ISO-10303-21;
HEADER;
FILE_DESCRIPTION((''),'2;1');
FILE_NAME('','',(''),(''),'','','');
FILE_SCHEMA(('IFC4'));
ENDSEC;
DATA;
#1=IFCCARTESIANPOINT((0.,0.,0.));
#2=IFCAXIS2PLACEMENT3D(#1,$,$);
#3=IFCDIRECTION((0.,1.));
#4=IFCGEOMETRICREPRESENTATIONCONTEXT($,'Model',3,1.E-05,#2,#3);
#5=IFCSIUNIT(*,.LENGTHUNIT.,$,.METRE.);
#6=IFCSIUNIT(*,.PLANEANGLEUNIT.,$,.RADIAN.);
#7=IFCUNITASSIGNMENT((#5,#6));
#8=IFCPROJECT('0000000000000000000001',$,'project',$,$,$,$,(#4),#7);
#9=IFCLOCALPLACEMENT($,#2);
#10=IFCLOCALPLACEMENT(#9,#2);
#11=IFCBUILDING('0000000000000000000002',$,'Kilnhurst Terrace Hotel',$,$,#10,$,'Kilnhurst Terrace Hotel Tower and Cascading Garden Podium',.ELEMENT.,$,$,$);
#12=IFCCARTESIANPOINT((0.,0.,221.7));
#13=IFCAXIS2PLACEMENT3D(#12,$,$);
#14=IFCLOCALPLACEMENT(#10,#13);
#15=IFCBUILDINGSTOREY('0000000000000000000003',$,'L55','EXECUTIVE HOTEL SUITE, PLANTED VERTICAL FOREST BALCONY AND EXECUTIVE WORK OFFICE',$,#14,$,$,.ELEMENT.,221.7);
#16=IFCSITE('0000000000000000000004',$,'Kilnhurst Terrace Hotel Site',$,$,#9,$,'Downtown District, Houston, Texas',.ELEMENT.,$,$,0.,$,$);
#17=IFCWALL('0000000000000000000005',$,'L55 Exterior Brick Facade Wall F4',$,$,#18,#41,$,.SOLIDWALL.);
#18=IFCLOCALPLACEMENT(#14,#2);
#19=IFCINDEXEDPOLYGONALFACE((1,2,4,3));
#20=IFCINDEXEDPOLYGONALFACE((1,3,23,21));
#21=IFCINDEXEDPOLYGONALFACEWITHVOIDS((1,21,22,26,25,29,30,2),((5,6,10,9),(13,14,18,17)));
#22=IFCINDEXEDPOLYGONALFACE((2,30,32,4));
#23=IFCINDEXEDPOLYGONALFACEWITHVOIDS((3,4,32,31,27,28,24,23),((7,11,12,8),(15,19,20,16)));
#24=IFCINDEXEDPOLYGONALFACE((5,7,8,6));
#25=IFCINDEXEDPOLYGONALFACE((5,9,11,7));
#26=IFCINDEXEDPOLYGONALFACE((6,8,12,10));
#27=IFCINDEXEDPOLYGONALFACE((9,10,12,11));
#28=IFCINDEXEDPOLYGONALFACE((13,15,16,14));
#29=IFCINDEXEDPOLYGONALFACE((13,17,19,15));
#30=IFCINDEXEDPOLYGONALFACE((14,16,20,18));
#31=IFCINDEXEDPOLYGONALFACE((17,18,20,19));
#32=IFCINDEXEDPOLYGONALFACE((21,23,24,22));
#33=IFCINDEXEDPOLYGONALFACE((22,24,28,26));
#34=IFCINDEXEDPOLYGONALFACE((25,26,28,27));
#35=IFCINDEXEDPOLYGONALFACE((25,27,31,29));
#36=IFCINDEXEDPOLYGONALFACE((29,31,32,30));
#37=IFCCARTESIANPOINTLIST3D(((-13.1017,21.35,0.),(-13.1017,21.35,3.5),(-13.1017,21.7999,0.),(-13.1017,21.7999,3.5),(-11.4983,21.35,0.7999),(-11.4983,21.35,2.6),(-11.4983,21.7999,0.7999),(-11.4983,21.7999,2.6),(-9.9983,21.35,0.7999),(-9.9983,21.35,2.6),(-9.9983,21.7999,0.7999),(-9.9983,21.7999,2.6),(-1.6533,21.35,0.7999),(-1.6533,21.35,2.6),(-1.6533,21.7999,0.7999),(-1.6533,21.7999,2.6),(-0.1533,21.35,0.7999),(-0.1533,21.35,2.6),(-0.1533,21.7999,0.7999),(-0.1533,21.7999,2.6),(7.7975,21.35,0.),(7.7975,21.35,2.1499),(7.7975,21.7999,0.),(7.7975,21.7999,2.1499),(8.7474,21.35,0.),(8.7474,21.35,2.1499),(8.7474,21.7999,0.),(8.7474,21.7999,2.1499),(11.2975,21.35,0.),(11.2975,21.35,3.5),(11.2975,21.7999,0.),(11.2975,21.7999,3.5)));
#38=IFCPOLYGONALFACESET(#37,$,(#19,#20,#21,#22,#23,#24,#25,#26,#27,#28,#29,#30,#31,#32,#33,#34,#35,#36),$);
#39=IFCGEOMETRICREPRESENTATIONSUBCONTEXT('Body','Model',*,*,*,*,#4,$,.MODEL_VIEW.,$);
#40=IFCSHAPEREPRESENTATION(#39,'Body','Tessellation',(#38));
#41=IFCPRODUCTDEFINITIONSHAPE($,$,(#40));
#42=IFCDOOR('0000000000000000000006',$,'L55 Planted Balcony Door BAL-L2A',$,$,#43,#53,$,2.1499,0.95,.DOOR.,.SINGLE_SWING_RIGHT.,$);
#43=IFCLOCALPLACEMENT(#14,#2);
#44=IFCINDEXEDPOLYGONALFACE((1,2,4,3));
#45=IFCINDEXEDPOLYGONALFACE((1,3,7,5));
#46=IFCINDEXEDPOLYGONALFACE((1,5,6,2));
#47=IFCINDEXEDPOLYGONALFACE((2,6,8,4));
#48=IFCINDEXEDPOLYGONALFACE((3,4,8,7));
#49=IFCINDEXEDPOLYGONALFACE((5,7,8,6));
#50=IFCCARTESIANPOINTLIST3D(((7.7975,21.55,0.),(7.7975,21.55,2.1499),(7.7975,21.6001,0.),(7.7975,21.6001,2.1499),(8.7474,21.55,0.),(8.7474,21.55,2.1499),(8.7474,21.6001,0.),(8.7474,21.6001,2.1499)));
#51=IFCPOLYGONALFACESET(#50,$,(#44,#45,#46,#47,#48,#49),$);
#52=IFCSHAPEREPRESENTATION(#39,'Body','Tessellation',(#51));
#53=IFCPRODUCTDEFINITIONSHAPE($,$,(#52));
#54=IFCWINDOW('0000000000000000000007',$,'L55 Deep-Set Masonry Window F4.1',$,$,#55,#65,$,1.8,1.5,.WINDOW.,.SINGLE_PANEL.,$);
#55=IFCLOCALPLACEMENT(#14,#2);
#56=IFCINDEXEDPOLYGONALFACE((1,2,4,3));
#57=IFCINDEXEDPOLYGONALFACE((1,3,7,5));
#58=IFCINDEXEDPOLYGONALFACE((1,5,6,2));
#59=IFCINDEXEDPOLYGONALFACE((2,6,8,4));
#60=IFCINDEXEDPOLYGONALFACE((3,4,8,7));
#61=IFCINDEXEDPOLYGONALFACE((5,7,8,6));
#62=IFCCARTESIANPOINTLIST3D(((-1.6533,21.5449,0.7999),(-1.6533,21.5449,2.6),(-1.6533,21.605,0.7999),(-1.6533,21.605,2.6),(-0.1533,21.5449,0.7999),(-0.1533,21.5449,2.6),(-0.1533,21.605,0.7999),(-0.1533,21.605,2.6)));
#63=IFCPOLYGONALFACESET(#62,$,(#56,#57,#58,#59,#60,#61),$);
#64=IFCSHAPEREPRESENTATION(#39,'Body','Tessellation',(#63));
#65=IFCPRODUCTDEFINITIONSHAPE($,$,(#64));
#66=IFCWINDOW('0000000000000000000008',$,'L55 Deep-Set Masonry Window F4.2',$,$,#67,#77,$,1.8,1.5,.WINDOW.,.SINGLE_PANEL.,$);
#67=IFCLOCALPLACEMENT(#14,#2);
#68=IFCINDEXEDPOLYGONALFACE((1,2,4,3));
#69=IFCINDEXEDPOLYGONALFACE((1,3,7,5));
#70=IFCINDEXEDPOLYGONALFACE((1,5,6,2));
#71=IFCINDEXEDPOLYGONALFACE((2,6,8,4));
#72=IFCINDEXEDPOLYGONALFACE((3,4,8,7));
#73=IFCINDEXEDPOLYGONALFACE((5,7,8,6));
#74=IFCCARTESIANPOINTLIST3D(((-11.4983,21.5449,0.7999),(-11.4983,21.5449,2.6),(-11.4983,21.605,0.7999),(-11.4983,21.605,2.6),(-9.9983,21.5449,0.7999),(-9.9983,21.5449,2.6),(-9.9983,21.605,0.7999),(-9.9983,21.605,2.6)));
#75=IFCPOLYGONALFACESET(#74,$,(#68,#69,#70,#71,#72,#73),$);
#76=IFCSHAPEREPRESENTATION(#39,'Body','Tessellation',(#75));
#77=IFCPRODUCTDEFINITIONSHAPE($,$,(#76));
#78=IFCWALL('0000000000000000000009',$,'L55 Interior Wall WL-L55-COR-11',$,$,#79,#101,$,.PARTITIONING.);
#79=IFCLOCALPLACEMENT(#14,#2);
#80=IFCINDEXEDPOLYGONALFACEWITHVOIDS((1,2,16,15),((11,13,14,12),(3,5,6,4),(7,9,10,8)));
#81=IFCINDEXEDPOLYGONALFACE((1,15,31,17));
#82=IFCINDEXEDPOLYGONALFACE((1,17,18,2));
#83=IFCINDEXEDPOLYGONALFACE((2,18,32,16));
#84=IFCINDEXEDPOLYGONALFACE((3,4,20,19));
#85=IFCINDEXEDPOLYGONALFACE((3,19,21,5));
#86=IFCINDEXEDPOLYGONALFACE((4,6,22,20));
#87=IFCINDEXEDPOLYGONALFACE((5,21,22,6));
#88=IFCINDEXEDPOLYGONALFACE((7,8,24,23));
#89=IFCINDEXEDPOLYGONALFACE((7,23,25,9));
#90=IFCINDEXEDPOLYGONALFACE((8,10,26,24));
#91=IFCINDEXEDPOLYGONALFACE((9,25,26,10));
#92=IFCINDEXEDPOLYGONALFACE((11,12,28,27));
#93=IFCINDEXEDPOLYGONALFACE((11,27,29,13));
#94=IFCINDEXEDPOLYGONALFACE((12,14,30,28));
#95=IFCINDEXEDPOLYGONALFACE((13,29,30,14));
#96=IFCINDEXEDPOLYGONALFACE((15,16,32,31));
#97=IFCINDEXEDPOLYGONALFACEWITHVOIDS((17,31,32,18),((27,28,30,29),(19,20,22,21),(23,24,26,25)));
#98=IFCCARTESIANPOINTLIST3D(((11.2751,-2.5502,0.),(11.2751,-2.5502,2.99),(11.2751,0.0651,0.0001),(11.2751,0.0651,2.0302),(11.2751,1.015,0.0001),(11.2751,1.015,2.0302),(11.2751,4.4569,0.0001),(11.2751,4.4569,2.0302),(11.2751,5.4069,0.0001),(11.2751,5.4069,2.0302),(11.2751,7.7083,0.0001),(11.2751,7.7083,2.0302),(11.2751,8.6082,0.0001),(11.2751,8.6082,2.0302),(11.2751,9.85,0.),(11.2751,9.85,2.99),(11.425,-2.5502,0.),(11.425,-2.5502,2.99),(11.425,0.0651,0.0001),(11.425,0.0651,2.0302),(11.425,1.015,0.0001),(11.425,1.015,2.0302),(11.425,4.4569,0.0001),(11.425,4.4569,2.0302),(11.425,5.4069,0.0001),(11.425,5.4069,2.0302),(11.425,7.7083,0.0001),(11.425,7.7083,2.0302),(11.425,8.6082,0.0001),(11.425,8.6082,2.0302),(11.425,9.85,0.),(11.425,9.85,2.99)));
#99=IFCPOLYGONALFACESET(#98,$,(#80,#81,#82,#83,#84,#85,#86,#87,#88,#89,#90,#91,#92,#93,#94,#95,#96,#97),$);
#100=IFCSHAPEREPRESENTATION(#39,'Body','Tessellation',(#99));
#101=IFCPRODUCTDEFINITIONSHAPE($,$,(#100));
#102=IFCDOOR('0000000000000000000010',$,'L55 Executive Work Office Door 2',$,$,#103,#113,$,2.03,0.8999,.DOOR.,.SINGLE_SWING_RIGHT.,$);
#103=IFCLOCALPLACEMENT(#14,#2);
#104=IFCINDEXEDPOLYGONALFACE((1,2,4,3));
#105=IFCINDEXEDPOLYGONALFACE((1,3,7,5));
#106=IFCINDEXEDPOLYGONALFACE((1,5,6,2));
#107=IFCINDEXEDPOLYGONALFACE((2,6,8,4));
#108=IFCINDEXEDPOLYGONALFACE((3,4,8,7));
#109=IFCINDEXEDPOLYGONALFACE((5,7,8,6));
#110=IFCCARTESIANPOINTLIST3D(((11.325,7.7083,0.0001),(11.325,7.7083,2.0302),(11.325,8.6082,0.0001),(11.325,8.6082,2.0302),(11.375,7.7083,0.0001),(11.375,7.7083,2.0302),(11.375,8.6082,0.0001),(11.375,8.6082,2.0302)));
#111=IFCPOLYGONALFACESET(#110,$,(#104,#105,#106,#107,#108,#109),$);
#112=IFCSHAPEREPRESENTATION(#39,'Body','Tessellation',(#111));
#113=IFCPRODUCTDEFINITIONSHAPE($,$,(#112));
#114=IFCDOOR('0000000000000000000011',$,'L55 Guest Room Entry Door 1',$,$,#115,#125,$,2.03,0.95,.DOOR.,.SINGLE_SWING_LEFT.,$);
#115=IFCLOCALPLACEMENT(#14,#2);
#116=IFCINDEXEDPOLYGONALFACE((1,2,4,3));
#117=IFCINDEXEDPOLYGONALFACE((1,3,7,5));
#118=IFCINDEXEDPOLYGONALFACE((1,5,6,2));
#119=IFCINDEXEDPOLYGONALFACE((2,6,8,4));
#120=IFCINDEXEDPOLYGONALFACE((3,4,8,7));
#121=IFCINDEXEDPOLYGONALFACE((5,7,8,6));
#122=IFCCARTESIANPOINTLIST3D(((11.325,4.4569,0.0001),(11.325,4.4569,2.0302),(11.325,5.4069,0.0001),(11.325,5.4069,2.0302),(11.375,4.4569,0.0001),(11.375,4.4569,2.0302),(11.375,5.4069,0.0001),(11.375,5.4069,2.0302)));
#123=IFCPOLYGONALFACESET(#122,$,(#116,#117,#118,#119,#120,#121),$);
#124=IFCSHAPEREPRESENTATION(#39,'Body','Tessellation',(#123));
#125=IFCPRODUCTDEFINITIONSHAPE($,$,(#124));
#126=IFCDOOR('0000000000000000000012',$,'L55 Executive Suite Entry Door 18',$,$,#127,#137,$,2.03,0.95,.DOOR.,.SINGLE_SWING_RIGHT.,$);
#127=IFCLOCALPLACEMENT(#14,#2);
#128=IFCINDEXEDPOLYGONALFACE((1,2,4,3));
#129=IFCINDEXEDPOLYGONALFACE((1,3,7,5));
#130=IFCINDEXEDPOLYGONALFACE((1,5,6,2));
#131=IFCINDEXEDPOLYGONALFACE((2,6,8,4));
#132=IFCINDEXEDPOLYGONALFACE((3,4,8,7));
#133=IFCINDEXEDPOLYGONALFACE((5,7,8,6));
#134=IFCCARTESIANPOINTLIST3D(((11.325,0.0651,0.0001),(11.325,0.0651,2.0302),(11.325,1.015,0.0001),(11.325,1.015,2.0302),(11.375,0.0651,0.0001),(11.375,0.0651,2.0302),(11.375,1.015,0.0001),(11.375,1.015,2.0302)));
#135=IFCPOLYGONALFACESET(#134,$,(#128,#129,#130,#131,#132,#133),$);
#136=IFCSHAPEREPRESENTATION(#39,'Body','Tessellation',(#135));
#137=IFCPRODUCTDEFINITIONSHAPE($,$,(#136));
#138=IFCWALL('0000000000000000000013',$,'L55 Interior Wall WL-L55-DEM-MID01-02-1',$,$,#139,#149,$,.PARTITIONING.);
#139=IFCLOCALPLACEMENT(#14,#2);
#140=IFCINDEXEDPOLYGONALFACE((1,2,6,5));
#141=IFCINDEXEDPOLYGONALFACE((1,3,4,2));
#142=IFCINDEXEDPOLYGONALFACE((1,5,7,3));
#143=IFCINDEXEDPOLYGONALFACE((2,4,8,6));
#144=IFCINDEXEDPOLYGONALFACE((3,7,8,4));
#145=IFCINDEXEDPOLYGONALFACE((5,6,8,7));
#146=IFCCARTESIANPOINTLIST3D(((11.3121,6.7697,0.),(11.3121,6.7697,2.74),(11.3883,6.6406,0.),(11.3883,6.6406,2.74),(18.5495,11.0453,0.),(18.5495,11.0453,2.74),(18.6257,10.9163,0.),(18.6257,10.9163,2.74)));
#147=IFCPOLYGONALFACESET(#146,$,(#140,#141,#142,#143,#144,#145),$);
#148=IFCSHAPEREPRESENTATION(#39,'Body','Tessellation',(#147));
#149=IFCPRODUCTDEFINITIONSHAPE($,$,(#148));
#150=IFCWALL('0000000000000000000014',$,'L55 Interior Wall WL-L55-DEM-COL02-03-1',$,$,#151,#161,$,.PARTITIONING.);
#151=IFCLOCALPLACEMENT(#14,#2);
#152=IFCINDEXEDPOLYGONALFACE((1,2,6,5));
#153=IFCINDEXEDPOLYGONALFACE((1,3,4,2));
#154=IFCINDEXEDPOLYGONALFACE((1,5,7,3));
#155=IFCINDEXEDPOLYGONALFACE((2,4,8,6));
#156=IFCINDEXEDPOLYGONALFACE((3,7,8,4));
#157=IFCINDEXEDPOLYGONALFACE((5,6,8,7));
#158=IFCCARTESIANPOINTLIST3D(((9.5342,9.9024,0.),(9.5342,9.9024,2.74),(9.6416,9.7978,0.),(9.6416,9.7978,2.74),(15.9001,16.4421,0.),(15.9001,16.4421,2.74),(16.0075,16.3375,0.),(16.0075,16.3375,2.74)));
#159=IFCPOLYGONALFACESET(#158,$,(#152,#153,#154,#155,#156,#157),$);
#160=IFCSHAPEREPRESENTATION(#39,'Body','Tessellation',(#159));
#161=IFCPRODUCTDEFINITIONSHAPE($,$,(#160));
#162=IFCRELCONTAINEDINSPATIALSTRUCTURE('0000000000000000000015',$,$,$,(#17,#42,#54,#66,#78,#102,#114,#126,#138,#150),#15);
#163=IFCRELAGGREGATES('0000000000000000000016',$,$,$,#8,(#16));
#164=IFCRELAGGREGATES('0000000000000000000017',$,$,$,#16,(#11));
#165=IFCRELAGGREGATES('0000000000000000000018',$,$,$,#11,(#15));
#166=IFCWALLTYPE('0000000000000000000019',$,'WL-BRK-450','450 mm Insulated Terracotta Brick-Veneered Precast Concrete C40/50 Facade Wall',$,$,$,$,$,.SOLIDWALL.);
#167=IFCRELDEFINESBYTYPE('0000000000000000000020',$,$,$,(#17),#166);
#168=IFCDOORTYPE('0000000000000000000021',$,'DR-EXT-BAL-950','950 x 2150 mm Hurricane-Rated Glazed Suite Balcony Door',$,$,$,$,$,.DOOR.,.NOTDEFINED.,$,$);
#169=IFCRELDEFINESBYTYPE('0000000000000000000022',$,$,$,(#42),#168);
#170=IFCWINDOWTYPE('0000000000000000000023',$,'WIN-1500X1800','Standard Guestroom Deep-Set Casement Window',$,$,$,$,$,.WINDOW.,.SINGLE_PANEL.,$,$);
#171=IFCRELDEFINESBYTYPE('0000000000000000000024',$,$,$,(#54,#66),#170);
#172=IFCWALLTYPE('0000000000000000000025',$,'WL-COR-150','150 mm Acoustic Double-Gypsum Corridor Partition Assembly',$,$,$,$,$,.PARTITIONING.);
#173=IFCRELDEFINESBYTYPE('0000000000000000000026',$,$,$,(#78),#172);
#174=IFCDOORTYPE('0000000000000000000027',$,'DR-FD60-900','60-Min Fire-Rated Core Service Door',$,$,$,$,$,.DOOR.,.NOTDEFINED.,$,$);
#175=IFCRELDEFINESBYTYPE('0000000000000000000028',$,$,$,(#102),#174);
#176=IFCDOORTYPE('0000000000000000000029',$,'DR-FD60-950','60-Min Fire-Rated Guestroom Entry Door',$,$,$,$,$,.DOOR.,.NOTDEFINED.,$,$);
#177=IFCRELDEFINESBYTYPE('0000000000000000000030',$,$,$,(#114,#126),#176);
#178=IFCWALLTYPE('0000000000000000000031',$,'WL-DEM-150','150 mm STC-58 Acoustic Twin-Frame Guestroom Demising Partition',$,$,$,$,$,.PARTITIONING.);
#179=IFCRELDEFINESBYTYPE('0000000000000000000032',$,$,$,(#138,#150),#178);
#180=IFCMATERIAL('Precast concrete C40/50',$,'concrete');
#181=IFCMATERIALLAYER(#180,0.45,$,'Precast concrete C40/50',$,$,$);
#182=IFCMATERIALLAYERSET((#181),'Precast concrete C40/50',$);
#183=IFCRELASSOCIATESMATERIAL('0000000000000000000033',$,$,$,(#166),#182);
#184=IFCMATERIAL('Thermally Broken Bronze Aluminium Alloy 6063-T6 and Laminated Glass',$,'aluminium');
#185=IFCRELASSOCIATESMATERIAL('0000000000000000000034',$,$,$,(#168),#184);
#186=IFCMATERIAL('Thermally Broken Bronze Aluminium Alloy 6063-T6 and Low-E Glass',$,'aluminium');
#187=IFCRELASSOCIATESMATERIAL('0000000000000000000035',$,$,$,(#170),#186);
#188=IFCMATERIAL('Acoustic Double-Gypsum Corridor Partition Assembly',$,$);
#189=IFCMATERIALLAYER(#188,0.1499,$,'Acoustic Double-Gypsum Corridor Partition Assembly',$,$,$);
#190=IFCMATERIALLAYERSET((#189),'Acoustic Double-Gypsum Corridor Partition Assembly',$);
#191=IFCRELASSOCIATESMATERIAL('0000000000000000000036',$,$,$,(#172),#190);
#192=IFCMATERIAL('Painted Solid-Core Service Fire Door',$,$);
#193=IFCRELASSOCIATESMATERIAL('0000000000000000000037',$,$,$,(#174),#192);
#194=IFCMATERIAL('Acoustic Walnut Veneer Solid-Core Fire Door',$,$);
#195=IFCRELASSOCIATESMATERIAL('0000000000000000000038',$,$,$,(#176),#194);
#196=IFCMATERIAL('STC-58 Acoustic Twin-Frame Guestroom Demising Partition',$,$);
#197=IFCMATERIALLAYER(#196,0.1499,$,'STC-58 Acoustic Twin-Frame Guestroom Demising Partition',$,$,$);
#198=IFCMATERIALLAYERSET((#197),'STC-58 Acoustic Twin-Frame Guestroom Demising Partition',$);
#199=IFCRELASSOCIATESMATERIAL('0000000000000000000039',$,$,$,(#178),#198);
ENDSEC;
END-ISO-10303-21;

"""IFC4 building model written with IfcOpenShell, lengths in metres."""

from ifc_helpers import new_model, si_unit, direction, frame, frame_2d, origin, place, context, subcontext, project, spatial, rectangle, extrude, material, layer, layer_set, type_object, element, fill, save


model = new_model("IFC4")

# Units and contexts
model_context = context("Model", 3, precision=1e-05, world=origin(), true_north=direction((0.0, 1.0)))
body_context = subcontext(model_context, "Body", "Model", "MODEL_VIEW")
ifc_project = project(units=[si_unit("LENGTHUNIT", "METRE"), si_unit("PLANEANGLEUNIT", "RADIAN")], contexts=[model_context])

# Site, building, storey
site_placement = place(None, origin())
site = spatial("IfcSite", under=ifc_project, at=site_placement, Name="Kilnhurst Terrace Hotel Site", LongName="Downtown District, Houston, Texas", CompositionType="ELEMENT", RefElevation=0.0)
building_placement = place(site_placement, origin())
building = spatial("IfcBuilding", under=site, at=building_placement, Name="Kilnhurst Terrace Hotel", LongName="Kilnhurst Terrace Hotel Tower and Cascading Garden Podium", CompositionType="ELEMENT")
storey_placement = place(building_placement, frame((0.0, 0.0, 221.7)))
storey = spatial("IfcBuildingStorey", under=building, at=storey_placement, Name="L55", Description="EXECUTIVE HOTEL SUITE, PLANTED VERTICAL FOREST BALCONY AND EXECUTIVE WORK OFFICE", CompositionType="ELEMENT", Elevation=221.7)

# Shared definitions
ifc_material_1 = material(Name="Precast concrete C40/50", Category="concrete")
ifc_layer_1 = layer(ifc_material_1, 0.45, Name="Precast concrete C40/50")
ifc_layer_set_1 = layer_set([ifc_layer_1], Name="Precast concrete C40/50")
wall_type_1 = type_object("IfcWallType", Name="WL-BRK-450", Description="450 mm Insulated Terracotta Brick-Veneered Precast Concrete C40/50 Facade Wall", PredefinedType="SOLIDWALL", material=ifc_layer_set_1)

# Wall, openings, door, windows
wall_1_placement = place(storey_placement, frame((11.2976, 21.575, 0.0), z_axis=(0.0, 0.0, 1.0), x_axis=(-1.0, 0.0, 0.0)))
wall_1 = element("IfcWall", 1, at=wall_1_placement, inside=storey, type_object=wall_type_1, Name="L55 Exterior Brick Facade Wall F4", PredefinedType="SOLIDWALL", context=body_context, shape_type="SweptSolid", body=[
    extrude(rectangle(XDim=24.3992, YDim=0.45, at=frame_2d((12.1997, 0.0))), origin(), (0.0, 0.0, 1.0), 3.5),
])
opening_1_placement = place(wall_1_placement, frame((2.55, 0.0, 0.0)))
opening_1 = element("IfcOpeningElement", 2, at=opening_1_placement, cuts=wall_1, PredefinedType="OPENING", context=body_context, shape_type="SweptSolid", body=[
    extrude(rectangle(XDim=0.95, YDim=2.1499, at=frame_2d((0.4751, 1.075))), frame((0.0, 0.2349, 0.0), z_axis=(0.0, -1.0, 0.0), x_axis=(1.0, 0.0, 0.0)), (0.0, 0.0, 1.0), 0.47),
])
opening_2_placement = place(wall_1_placement, frame((11.4509, 0.0, 0.8)))
opening_2 = element("IfcOpeningElement", 3, at=opening_2_placement, cuts=wall_1, PredefinedType="OPENING", context=body_context, shape_type="SweptSolid", body=[
    extrude(rectangle(XDim=1.5, YDim=1.8, at=frame_2d((0.75, 0.8999))), frame((0.0, 0.2349, 0.0), z_axis=(0.0, -1.0, 0.0), x_axis=(1.0, 0.0, 0.0)), (0.0, 0.0, 1.0), 0.47),
])
opening_3_placement = place(wall_1_placement, frame((21.2959, 0.0, 0.8)))
opening_3 = element("IfcOpeningElement", 4, at=opening_3_placement, cuts=wall_1, PredefinedType="OPENING", context=body_context, shape_type="SweptSolid", body=[
    extrude(rectangle(XDim=1.5, YDim=1.8, at=frame_2d((0.75, 0.8999))), frame((0.0, 0.2349, 0.0), z_axis=(0.0, -1.0, 0.0), x_axis=(1.0, 0.0, 0.0)), (0.0, 0.0, 1.0), 0.47),
])
ifc_material_2 = material(Name="Thermally Broken Bronze Aluminium Alloy 6063-T6 and Laminated Glass", Category="aluminium")
door_type_1 = type_object("IfcDoorType", Name="DR-EXT-BAL-950", Description="950 x 2150 mm Hurricane-Rated Glazed Suite Balcony Door", OperationType="NOTDEFINED", PredefinedType="DOOR", material=ifc_material_2)
door_1_placement = place(opening_1_placement, origin())
door_1 = element("IfcDoor", 5, at=door_1_placement, inside=storey, type_object=door_type_1, Name="L55 Planted Balcony Door BAL-L2A", OperationType="SINGLE_SWING_RIGHT", OverallHeight=2.1499, OverallWidth=0.95, PredefinedType="DOOR", context=body_context, shape_type="SweptSolid", body=[
    extrude(rectangle(XDim=0.95, YDim=2.1499, at=frame_2d((0.4751, 1.075))), frame((0.0, 0.0249, 0.0), z_axis=(0.0, -1.0, 0.0), x_axis=(1.0, 0.0, 0.0)), (0.0, 0.0, 1.0), 0.05),
])
fill(opening_1, door_1)
ifc_material_3 = material(Name="Thermally Broken Bronze Aluminium Alloy 6063-T6 and Low-E Glass", Category="aluminium")
window_type = type_object("IfcWindowType", Name="WIN-1500X1800", Description="Standard Guestroom Deep-Set Casement Window", PartitioningType="SINGLE_PANEL", PredefinedType="WINDOW", material=ifc_material_3)
window_1_placement = place(opening_2_placement, origin())
window_1 = element("IfcWindow", 6, at=window_1_placement, inside=storey, type_object=window_type, Name="L55 Deep-Set Masonry Window F4.1", OverallHeight=1.8, OverallWidth=1.5, PartitioningType="SINGLE_PANEL", PredefinedType="WINDOW", context=body_context, shape_type="SweptSolid", body=[
    extrude(rectangle(XDim=1.5, YDim=1.8, at=frame_2d((0.75, 0.8999))), frame((0.0, 0.03, 0.0), z_axis=(0.0, -1.0, 0.0), x_axis=(1.0, 0.0, 0.0)), (0.0, 0.0, 1.0), 0.0601),
])
fill(opening_2, window_1)
window_2_placement = place(opening_3_placement, origin())
window_2 = element("IfcWindow", 7, at=window_2_placement, inside=storey, type_object=window_type, Name="L55 Deep-Set Masonry Window F4.2", OverallHeight=1.8, OverallWidth=1.5, PartitioningType="SINGLE_PANEL", PredefinedType="WINDOW", context=body_context, shape_type="SweptSolid", body=[
    extrude(rectangle(XDim=1.5, YDim=1.8, at=frame_2d((0.75, 0.8999))), frame((0.0, 0.03, 0.0), z_axis=(0.0, -1.0, 0.0), x_axis=(1.0, 0.0, 0.0)), (0.0, 0.0, 1.0), 0.0601),
])
fill(opening_3, window_2)

# Wall, openings, doors
ifc_material_4 = material(Name="Acoustic Double-Gypsum Corridor Partition Assembly")
ifc_layer_2 = layer(ifc_material_4, 0.1499, Name="Acoustic Double-Gypsum Corridor Partition Assembly")
ifc_layer_set_2 = layer_set([ifc_layer_2], Name="Acoustic Double-Gypsum Corridor Partition Assembly")
wall_type_2 = type_object("IfcWallType", Name="WL-COR-150", Description="150 mm Acoustic Double-Gypsum Corridor Partition Assembly", PredefinedType="PARTITIONING", material=ifc_layer_set_2)
wall_2_placement = place(storey_placement, frame((11.3501, 9.8501, 0.0), z_axis=(0.0, 0.0, 1.0), x_axis=(0.0, -1.0, 0.0)))
wall_2 = element("IfcWall", 8, at=wall_2_placement, inside=storey, type_object=wall_type_2, Name="L55 Interior Wall WL-L55-COR-11", PredefinedType="PARTITIONING", context=body_context, shape_type="SweptSolid", body=[
    extrude(rectangle(XDim=12.4001, YDim=0.1499, at=frame_2d((6.2002, 0.0))), origin(), (0.0, 0.0, 1.0), 2.99),
])
opening_4_placement = place(wall_2_placement, frame((4.4431, 0.0, 0.0)))
opening_4 = element("IfcOpeningElement", 9, at=opening_4_placement, cuts=wall_2, PredefinedType="OPENING", context=body_context, shape_type="SweptSolid", body=[
    extrude(rectangle(XDim=0.95, YDim=2.03, at=frame_2d((0.4751, 1.0151))), frame((0.0, 0.085, 0.0), z_axis=(0.0, -1.0, 0.0), x_axis=(1.0, 0.0, 0.0)), (0.0, 0.0, 1.0), 0.1699),
])
opening_5_placement = place(wall_2_placement, frame((1.2419, 0.0, 0.0)))
opening_5 = element("IfcOpeningElement", 10, at=opening_5_placement, cuts=wall_2, PredefinedType="OPENING", context=body_context, shape_type="SweptSolid", body=[
    extrude(rectangle(XDim=0.8999, YDim=2.03, at=frame_2d((0.45, 1.0151))), frame((0.0, 0.085, 0.0), z_axis=(0.0, -1.0, 0.0), x_axis=(1.0, 0.0, 0.0)), (0.0, 0.0, 1.0), 0.1699),
])
opening_6_placement = place(wall_2_placement, frame((8.835, 0.0, 0.0)))
opening_6 = element("IfcOpeningElement", 11, at=opening_6_placement, cuts=wall_2, PredefinedType="OPENING", context=body_context, shape_type="SweptSolid", body=[
    extrude(rectangle(XDim=0.95, YDim=2.03, at=frame_2d((0.4751, 1.0151))), frame((0.0, 0.085, 0.0), z_axis=(0.0, -1.0, 0.0), x_axis=(1.0, 0.0, 0.0)), (0.0, 0.0, 1.0), 0.1699),
])
ifc_material_5 = material(Name="Painted Solid-Core Service Fire Door")
door_type_2 = type_object("IfcDoorType", Name="DR-FD60-900", Description="60-Min Fire-Rated Core Service Door", OperationType="NOTDEFINED", PredefinedType="DOOR", material=ifc_material_5)
door_2_placement = place(opening_5_placement, origin())
door_2 = element("IfcDoor", 12, at=door_2_placement, inside=storey, type_object=door_type_2, Name="L55 Executive Work Office Door 2", OperationType="SINGLE_SWING_RIGHT", OverallHeight=2.03, OverallWidth=0.8999, PredefinedType="DOOR", context=body_context, shape_type="SweptSolid", body=[
    extrude(rectangle(XDim=0.8999, YDim=2.03, at=frame_2d((0.45, 1.0151))), frame((0.0, 0.0249, 0.0), z_axis=(0.0, -1.0, 0.0), x_axis=(1.0, 0.0, 0.0)), (0.0, 0.0, 1.0), 0.05),
])
fill(opening_5, door_2)
ifc_material_6 = material(Name="Acoustic Walnut Veneer Solid-Core Fire Door")
door_type_3 = type_object("IfcDoorType", Name="DR-FD60-950", Description="60-Min Fire-Rated Guestroom Entry Door", OperationType="NOTDEFINED", PredefinedType="DOOR", material=ifc_material_6)
door_3_placement = place(opening_4_placement, origin())
door_3 = element("IfcDoor", 13, at=door_3_placement, inside=storey, type_object=door_type_3, Name="L55 Guest Room Entry Door 1", OperationType="SINGLE_SWING_LEFT", OverallHeight=2.03, OverallWidth=0.95, PredefinedType="DOOR", context=body_context, shape_type="SweptSolid", body=[
    extrude(rectangle(XDim=0.95, YDim=2.03, at=frame_2d((0.4751, 1.0151))), frame((0.0, 0.0249, 0.0), z_axis=(0.0, -1.0, 0.0), x_axis=(1.0, 0.0, 0.0)), (0.0, 0.0, 1.0), 0.05),
])
fill(opening_4, door_3)
door_4_placement = place(opening_6_placement, origin())
door_4 = element("IfcDoor", 14, at=door_4_placement, inside=storey, type_object=door_type_3, Name="L55 Executive Suite Entry Door 18", OperationType="SINGLE_SWING_RIGHT", OverallHeight=2.03, OverallWidth=0.95, PredefinedType="DOOR", context=body_context, shape_type="SweptSolid", body=[
    extrude(rectangle(XDim=0.95, YDim=2.03, at=frame_2d((0.4751, 1.0151))), frame((0.0, 0.0249, 0.0), z_axis=(0.0, -1.0, 0.0), x_axis=(1.0, 0.0, 0.0)), (0.0, 0.0, 1.0), 0.05),
])
fill(opening_6, door_4)

# Walls
ifc_material_7 = material(Name="STC-58 Acoustic Twin-Frame Guestroom Demising Partition")
ifc_layer_3 = layer(ifc_material_7, 0.1499, Name="STC-58 Acoustic Twin-Frame Guestroom Demising Partition")
ifc_layer_set_3 = layer_set([ifc_layer_3], Name="STC-58 Acoustic Twin-Frame Guestroom Demising Partition")
wall_type_3 = type_object("IfcWallType", Name="WL-DEM-150", Description="150 mm STC-58 Acoustic Twin-Frame Guestroom Demising Partition", PredefinedType="PARTITIONING", material=ifc_layer_set_3)
wall_3_placement = place(storey_placement, frame((11.3501, 6.7051, 0.0), z_axis=(0.0, 0.0, 1.0), x_axis=(0.860976, 0.508645, 0.0)))
element("IfcWall", 15, at=wall_3_placement, inside=storey, type_object=wall_type_3, Name="L55 Interior Wall WL-L55-DEM-MID01-02-1", PredefinedType="PARTITIONING", context=body_context, shape_type="SweptSolid", body=[
    extrude(rectangle(XDim=8.406, YDim=0.1499, at=frame_2d((4.2031, 0.0))), origin(), (0.0, 0.0, 1.0), 2.74),
])
wall_4_placement = place(storey_placement, frame((9.5879, 9.8501, 0.0), z_axis=(0.0, 0.0, 1.0), x_axis=(0.697519, 0.716566, 0.0)))
element("IfcWall", 16, at=wall_4_placement, inside=storey, type_object=wall_type_3, Name="L55 Interior Wall WL-L55-DEM-COL02-03-1", PredefinedType="PARTITIONING", context=body_context, shape_type="SweptSolid", body=[
    extrude(rectangle(XDim=9.1265, YDim=0.1499, at=frame_2d((4.5632, 0.0))), origin(), (0.0, 0.0, 1.0), 2.74),
])

save(model, "model.ifc")
